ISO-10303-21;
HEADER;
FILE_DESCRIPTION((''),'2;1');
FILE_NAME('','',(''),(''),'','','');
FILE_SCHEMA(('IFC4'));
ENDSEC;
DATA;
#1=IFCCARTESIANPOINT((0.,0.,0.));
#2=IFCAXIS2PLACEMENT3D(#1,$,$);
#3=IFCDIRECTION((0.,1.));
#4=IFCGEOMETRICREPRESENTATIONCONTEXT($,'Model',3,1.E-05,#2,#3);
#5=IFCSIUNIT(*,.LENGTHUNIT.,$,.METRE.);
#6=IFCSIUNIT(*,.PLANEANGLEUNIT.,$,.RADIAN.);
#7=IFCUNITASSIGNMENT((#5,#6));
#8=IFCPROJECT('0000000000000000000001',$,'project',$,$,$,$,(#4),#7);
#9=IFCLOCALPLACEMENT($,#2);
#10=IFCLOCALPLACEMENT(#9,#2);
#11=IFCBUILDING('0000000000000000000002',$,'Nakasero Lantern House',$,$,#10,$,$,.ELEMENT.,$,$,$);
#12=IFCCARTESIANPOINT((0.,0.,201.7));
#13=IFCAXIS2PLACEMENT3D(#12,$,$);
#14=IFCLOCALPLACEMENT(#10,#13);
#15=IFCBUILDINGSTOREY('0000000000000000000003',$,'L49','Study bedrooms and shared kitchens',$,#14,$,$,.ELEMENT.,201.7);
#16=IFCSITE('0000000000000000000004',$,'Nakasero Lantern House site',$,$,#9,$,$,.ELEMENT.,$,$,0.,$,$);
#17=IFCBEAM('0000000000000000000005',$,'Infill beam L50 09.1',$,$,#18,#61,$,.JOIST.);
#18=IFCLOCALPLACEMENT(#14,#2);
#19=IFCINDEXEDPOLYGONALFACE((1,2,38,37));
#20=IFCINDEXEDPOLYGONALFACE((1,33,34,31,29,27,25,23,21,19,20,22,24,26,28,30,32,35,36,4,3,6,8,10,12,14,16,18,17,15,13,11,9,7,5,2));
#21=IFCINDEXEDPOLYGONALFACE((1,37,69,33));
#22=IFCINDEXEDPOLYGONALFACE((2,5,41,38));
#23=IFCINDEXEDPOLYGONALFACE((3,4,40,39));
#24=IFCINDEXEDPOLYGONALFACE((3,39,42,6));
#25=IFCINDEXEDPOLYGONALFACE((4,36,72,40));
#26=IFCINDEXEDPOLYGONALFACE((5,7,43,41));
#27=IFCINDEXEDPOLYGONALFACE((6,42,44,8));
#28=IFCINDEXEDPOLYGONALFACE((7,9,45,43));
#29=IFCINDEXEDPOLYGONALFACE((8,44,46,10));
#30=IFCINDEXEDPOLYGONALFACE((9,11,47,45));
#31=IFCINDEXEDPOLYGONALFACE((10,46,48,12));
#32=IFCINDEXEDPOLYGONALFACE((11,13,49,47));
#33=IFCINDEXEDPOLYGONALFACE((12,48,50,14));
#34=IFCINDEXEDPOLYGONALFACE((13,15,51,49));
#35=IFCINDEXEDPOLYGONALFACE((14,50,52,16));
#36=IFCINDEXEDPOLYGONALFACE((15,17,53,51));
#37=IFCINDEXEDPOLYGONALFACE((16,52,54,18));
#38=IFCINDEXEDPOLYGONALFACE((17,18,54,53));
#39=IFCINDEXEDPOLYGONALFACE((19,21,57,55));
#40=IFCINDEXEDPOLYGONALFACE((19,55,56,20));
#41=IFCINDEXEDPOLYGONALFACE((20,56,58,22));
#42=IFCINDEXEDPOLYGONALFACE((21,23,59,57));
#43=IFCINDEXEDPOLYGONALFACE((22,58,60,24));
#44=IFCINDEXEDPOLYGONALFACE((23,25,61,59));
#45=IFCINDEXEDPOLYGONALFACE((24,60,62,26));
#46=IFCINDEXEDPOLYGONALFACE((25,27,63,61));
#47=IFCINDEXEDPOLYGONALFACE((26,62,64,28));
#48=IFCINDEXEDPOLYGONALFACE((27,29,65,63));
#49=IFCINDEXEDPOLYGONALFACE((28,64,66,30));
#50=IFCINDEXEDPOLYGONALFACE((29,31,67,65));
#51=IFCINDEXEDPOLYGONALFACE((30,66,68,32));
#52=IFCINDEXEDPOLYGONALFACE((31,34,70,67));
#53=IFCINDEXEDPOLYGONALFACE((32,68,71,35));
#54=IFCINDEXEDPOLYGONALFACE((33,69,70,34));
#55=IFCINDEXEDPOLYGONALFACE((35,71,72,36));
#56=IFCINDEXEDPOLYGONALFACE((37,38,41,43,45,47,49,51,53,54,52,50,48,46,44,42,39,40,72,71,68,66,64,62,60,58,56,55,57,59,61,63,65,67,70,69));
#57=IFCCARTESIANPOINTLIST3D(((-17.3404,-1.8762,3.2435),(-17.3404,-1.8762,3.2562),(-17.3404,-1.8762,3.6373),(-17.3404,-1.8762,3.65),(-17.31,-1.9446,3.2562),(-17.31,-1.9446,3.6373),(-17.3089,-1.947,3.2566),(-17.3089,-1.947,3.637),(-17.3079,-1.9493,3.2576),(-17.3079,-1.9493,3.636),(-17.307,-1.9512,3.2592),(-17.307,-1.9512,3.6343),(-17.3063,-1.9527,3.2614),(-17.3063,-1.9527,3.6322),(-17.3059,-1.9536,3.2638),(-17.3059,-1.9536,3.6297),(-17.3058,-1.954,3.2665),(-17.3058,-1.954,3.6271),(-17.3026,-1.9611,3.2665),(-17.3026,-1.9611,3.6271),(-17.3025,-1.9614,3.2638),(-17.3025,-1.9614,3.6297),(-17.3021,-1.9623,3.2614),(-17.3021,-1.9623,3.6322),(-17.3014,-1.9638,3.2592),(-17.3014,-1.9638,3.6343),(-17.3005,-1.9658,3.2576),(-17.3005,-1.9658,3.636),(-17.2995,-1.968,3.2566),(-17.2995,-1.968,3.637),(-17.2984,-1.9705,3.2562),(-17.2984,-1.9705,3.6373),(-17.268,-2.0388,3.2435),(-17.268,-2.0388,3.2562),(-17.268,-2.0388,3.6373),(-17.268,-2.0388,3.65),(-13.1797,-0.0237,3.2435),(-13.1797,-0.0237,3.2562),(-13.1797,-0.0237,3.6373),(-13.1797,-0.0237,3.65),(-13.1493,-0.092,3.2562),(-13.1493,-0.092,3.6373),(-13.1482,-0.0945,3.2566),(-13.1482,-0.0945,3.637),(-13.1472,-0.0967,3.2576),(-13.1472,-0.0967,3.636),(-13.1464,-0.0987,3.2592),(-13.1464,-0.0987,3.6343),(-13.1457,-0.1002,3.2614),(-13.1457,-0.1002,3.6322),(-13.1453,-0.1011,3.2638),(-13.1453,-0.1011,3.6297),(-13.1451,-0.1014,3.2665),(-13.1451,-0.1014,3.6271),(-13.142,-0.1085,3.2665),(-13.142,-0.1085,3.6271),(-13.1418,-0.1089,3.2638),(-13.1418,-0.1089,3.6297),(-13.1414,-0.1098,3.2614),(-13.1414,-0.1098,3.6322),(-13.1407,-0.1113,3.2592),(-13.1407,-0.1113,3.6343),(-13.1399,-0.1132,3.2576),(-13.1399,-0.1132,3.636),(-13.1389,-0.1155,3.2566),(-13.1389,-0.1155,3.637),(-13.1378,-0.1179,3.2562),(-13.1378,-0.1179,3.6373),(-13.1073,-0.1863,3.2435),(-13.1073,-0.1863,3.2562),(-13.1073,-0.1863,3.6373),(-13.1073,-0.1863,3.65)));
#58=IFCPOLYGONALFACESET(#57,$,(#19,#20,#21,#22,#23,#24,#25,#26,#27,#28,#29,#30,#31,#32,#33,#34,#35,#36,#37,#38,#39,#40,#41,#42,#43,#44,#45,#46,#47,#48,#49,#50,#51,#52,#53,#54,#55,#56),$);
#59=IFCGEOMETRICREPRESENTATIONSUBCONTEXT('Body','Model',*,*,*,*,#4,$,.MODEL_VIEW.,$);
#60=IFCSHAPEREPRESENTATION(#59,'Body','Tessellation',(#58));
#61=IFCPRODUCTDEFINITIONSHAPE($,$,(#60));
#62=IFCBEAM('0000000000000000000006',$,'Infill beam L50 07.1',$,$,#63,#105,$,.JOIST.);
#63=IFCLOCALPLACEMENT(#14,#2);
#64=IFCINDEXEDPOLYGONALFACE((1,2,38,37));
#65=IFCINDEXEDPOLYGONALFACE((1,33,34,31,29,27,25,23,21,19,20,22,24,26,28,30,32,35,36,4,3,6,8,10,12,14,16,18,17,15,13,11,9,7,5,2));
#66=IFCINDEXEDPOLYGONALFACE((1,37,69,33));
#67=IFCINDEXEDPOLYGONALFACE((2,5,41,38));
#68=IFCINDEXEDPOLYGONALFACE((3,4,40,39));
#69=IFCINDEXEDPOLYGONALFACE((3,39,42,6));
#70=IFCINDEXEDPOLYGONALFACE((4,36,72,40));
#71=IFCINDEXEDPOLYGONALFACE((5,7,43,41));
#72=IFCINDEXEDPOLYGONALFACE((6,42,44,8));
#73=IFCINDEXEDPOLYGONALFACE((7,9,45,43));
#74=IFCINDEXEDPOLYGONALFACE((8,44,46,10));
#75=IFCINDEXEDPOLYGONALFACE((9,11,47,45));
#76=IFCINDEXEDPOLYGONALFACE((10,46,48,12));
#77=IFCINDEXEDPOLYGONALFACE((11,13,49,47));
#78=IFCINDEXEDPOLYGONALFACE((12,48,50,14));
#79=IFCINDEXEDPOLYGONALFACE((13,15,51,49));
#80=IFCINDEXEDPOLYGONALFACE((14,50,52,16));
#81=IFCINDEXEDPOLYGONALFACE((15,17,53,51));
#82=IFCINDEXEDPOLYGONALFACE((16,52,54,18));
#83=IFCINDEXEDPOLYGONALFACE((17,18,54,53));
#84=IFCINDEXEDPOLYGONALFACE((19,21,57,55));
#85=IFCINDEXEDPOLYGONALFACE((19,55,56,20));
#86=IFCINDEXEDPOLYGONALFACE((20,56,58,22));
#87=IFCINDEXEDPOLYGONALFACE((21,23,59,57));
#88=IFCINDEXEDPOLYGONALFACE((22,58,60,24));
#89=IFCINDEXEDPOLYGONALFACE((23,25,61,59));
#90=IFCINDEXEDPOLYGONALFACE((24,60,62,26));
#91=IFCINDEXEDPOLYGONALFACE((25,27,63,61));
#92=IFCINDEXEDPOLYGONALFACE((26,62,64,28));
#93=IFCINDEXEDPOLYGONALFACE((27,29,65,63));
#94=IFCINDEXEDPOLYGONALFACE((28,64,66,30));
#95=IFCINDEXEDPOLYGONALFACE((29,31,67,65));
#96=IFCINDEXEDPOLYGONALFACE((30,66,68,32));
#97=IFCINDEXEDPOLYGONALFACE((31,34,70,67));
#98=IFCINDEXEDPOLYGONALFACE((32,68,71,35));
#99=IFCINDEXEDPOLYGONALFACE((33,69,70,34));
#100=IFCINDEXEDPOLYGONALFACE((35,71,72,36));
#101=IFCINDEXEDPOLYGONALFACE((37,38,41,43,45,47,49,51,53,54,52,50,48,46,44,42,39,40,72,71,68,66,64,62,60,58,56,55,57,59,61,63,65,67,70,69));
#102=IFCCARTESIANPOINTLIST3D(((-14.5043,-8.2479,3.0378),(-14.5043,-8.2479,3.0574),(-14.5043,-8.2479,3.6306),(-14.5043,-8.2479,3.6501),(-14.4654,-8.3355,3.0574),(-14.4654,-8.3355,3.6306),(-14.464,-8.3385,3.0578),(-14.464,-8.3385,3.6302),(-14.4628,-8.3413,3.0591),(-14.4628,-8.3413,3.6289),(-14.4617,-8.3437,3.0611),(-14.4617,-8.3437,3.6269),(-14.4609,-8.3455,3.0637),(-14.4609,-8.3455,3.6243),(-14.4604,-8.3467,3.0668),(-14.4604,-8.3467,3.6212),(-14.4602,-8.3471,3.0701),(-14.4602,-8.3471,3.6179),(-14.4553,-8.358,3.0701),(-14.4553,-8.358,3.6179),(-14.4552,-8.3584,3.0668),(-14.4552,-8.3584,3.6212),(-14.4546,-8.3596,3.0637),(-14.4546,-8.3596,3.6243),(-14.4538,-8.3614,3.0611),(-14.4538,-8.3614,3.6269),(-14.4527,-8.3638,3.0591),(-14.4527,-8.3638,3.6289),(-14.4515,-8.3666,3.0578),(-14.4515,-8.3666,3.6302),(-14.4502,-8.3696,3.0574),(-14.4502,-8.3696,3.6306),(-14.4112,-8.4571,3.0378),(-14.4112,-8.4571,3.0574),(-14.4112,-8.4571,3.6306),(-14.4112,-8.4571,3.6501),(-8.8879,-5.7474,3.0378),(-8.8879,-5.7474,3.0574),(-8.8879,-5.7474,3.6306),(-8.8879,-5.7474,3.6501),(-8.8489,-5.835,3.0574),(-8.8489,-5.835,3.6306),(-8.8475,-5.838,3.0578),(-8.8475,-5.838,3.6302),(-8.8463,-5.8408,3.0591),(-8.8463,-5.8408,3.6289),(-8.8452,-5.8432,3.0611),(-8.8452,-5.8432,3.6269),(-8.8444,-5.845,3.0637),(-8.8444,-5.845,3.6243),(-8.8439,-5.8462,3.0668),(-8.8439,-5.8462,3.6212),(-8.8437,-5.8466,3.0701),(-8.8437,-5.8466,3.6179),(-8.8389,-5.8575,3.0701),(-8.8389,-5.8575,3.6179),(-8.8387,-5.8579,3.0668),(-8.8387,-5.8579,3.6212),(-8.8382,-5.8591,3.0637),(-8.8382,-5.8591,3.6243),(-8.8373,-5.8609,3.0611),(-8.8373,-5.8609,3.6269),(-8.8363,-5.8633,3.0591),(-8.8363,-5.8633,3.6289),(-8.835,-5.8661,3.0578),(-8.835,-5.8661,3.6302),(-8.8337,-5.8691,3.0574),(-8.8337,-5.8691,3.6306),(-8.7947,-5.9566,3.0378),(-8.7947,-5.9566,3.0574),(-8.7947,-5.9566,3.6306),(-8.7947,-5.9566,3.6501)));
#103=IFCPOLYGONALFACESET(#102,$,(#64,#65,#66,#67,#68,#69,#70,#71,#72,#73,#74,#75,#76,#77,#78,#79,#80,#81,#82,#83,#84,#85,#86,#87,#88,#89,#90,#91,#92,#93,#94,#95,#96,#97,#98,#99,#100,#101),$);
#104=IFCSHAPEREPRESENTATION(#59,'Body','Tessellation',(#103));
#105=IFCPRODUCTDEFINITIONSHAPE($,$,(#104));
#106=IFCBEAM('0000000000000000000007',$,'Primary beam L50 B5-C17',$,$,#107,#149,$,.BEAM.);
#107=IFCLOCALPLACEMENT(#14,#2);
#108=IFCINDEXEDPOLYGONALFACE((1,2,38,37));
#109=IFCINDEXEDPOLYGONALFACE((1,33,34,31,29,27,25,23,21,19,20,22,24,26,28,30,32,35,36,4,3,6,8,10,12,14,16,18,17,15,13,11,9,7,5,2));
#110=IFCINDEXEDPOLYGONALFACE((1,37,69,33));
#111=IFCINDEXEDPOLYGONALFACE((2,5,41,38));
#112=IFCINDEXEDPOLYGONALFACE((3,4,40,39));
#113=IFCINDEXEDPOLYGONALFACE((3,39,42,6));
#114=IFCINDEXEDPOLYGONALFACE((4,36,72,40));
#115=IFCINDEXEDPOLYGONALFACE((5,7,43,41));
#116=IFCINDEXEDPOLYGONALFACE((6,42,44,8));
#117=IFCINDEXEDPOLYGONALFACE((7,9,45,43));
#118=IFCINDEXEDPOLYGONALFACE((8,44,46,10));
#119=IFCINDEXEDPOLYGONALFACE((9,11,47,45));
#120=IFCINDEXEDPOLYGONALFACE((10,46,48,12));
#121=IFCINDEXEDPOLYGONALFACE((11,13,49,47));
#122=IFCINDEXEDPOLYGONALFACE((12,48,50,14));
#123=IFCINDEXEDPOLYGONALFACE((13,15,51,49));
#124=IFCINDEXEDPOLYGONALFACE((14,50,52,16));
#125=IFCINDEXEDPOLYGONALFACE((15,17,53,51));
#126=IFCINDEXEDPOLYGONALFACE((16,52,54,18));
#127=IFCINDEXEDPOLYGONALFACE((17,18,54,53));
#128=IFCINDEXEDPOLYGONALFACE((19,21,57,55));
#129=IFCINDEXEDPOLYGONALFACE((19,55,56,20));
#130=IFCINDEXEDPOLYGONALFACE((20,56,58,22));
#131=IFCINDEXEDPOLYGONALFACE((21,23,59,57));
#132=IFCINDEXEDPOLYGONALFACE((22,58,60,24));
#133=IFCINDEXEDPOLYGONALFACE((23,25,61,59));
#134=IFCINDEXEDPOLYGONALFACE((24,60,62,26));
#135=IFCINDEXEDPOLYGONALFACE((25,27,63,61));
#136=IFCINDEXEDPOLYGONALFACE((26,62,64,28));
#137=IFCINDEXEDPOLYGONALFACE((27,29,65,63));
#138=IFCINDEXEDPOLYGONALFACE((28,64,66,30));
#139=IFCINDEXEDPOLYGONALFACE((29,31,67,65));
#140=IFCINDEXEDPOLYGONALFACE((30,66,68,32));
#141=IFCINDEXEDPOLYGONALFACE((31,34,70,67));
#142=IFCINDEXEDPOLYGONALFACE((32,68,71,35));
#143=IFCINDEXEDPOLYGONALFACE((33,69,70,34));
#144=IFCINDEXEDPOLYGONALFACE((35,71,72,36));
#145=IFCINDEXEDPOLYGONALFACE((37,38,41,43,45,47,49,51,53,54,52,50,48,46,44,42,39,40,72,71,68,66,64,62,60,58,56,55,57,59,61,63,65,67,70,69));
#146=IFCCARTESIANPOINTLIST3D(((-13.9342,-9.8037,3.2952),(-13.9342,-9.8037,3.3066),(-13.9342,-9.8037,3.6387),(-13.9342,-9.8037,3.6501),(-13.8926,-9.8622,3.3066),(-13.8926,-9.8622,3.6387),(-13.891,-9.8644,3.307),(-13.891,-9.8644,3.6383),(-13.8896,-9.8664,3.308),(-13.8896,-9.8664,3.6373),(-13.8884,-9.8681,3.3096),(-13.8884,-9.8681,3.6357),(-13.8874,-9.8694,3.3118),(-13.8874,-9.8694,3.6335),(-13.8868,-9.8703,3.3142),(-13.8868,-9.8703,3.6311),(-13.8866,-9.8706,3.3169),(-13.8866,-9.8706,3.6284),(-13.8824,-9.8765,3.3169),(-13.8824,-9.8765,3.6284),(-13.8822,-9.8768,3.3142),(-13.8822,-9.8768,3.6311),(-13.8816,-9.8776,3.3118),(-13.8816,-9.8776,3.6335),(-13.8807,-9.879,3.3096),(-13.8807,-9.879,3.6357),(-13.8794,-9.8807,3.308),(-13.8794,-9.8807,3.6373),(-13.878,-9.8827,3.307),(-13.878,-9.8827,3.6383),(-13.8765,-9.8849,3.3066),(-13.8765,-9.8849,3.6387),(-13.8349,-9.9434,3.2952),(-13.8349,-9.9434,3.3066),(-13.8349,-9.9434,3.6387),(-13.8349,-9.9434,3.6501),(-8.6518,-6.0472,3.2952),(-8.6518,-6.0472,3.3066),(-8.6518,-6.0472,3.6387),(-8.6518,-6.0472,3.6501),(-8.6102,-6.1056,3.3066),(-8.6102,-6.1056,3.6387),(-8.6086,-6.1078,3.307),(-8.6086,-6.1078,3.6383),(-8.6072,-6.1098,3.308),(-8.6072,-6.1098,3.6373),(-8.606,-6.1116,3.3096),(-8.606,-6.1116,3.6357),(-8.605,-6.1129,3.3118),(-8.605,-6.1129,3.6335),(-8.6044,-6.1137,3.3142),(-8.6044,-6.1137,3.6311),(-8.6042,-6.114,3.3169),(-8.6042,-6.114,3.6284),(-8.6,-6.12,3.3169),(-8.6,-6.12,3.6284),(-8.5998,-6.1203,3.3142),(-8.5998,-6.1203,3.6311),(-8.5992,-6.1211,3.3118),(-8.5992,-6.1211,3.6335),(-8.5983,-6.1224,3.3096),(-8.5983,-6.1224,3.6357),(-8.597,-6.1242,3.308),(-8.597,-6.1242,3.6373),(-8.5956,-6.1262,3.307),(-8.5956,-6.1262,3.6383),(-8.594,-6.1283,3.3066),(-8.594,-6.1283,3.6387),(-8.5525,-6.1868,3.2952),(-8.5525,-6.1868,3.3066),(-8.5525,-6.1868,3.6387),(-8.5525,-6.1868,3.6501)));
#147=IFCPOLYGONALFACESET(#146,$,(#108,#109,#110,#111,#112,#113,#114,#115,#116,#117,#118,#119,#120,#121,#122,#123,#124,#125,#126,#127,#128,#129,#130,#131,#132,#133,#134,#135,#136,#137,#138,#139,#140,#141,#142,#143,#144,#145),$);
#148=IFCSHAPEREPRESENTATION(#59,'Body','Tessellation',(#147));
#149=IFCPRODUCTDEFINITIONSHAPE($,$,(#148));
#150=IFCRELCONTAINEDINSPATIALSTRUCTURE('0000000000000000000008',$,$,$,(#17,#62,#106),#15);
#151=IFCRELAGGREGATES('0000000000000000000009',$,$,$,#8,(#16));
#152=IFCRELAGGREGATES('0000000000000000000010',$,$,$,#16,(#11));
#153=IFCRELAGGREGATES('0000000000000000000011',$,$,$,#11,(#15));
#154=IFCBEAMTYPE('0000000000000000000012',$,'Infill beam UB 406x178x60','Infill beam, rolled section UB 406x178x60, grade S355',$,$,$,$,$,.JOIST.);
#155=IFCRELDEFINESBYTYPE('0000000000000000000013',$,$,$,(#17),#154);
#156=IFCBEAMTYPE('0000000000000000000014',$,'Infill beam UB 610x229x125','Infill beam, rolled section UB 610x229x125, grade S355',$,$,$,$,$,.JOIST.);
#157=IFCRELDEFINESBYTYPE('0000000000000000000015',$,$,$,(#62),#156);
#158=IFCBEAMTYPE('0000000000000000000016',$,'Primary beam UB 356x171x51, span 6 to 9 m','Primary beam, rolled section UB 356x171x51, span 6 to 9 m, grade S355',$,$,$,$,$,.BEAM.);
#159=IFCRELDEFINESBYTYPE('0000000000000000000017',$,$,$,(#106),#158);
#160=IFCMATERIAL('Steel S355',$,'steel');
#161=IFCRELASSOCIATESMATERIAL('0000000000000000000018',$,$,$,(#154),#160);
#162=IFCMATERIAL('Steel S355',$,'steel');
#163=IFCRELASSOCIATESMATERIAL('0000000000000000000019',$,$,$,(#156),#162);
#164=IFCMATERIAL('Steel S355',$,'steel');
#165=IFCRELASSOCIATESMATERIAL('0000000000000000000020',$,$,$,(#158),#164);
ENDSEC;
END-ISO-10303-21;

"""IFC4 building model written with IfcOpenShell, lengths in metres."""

from ifc_helpers import new_model, si_unit, direction, frame, origin, origin_2d, place, context, subcontext, project, spatial, i_section, extrude, material, material_profile, profile_set, type_object, element, save


model = new_model("IFC4")

# Units and contexts
model_context = context("Model", 3, precision=1e-05, world=origin(), true_north=direction((0.0, 1.0)))
body_context = subcontext(model_context, "Body", "Model", "MODEL_VIEW")
ifc_project = project(units=[si_unit("LENGTHUNIT", "METRE"), si_unit("PLANEANGLEUNIT", "RADIAN")], contexts=[model_context])

# Site, building, storey
site_placement = place(None, origin())
site = spatial("IfcSite", under=ifc_project, at=site_placement, Name="Nakasero Lantern House site", CompositionType="ELEMENT", RefElevation=0.0)
building_placement = place(site_placement, origin())
building = spatial("IfcBuilding", under=site, at=building_placement, Name="Nakasero Lantern House", CompositionType="ELEMENT")
storey_placement = place(building_placement, frame((0.0, 0.0, 201.7)))
storey = spatial("IfcBuildingStorey", under=building, at=storey_placement, Name="L49", Description="Study bedrooms and shared kitchens", CompositionType="ELEMENT", Elevation=201.7)

# Beams
ifc_material_1 = material(Name="Steel S355", Category="steel")
ifc_material_profile_1 = material_profile(ifc_material_1, i_section(OverallWidth=0.178, OverallDepth=0.4065, WebThickness=0.0078, FlangeThickness=0.0127, FilletRadius=0.0103, at=origin_2d()), Name="UB 406x178x60")
ifc_profile_set_1 = profile_set([ifc_material_profile_1], Name="Steel S355")
beam_type_1 = type_object("IfcBeamType", Name="Infill beam UB 406x178x60", Description="Infill beam, rolled section UB 406x178x60, grade S355", PredefinedType="JOIST", material=ifc_profile_set_1)
beam_1_placement = place(storey_placement, frame((-17.3042, -1.9575, 3.4468), z_axis=(0.913537, 0.406755, 0.0), x_axis=(-0.406755, 0.913537, 0.0)))
element("IfcBeam", 1, at=beam_1_placement, inside=storey, type_object=beam_type_1, Name="Infill beam L50 09.1", PredefinedType="JOIST", context=body_context, shape_type="SweptSolid", body=[
    extrude(i_section(OverallWidth=0.178, OverallDepth=0.4065, WebThickness=0.0078, FlangeThickness=0.0127, FilletRadius=0.0103, at=origin_2d()), origin(), (0.0, 0.0, 1.0), 4.5544),
])
ifc_material_2 = material(Name="Steel S355", Category="steel")
ifc_material_profile_2 = material_profile(ifc_material_2, i_section(OverallWidth=0.229, OverallDepth=0.6123, WebThickness=0.012, FlangeThickness=0.0195, FilletRadius=0.0127, at=origin_2d()), Name="UB 610x229x125")
ifc_profile_set_2 = profile_set([ifc_material_profile_2], Name="Steel S355")
beam_type_2 = type_object("IfcBeamType", Name="Infill beam UB 610x229x125", Description="Infill beam, rolled section UB 610x229x125, grade S355", PredefinedType="JOIST", material=ifc_profile_set_2)
beam_2_placement = place(storey_placement, frame((-14.4578, -8.3525, 3.344), z_axis=(0.913553, 0.406721, 0.0), x_axis=(-0.406721, 0.913553, 0.0)))
element("IfcBeam", 2, at=beam_2_placement, inside=storey, type_object=beam_type_2, Name="Infill beam L50 07.1", PredefinedType="JOIST", context=body_context, shape_type="SweptSolid", body=[
    extrude(i_section(OverallWidth=0.229, OverallDepth=0.6123, WebThickness=0.012, FlangeThickness=0.0195, FilletRadius=0.0127, at=origin_2d()), origin(), (0.0, 0.0, 1.0), 6.1479),
])
ifc_material_3 = material(Name="Steel S355", Category="steel")
ifc_material_profile_3 = material_profile(ifc_material_3, i_section(OverallWidth=0.1714, OverallDepth=0.355, WebThickness=0.0073, FlangeThickness=0.0115, FilletRadius=0.0103, at=origin_2d()), Name="UB 356x171x51")
ifc_profile_set_3 = profile_set([ifc_material_profile_3], Name="Steel S355")
beam_type_3 = type_object("IfcBeamType", Name="Primary beam UB 356x171x51, span 6 to 9 m", Description="Primary beam, rolled section UB 356x171x51, span 6 to 9 m, grade S355", PredefinedType="BEAM", material=ifc_profile_set_3)
beam_3_placement = place(storey_placement, frame((-13.8845, -9.8735, 3.4727), z_axis=(0.814943, 0.579541, 0.0), x_axis=(-0.579541, 0.814943, 0.0)))
element("IfcBeam", 3, at=beam_3_placement, inside=storey, type_object=beam_type_3, Name="Primary beam L50 B5-C17", PredefinedType="BEAM", context=body_context, shape_type="SweptSolid", body=[
    extrude(i_section(OverallWidth=0.1714, OverallDepth=0.355, WebThickness=0.0073, FlangeThickness=0.0115, FilletRadius=0.0103, at=origin_2d()), origin(), (0.0, 0.0, 1.0), 6.4819),
])

save(model, "model.ifc")
